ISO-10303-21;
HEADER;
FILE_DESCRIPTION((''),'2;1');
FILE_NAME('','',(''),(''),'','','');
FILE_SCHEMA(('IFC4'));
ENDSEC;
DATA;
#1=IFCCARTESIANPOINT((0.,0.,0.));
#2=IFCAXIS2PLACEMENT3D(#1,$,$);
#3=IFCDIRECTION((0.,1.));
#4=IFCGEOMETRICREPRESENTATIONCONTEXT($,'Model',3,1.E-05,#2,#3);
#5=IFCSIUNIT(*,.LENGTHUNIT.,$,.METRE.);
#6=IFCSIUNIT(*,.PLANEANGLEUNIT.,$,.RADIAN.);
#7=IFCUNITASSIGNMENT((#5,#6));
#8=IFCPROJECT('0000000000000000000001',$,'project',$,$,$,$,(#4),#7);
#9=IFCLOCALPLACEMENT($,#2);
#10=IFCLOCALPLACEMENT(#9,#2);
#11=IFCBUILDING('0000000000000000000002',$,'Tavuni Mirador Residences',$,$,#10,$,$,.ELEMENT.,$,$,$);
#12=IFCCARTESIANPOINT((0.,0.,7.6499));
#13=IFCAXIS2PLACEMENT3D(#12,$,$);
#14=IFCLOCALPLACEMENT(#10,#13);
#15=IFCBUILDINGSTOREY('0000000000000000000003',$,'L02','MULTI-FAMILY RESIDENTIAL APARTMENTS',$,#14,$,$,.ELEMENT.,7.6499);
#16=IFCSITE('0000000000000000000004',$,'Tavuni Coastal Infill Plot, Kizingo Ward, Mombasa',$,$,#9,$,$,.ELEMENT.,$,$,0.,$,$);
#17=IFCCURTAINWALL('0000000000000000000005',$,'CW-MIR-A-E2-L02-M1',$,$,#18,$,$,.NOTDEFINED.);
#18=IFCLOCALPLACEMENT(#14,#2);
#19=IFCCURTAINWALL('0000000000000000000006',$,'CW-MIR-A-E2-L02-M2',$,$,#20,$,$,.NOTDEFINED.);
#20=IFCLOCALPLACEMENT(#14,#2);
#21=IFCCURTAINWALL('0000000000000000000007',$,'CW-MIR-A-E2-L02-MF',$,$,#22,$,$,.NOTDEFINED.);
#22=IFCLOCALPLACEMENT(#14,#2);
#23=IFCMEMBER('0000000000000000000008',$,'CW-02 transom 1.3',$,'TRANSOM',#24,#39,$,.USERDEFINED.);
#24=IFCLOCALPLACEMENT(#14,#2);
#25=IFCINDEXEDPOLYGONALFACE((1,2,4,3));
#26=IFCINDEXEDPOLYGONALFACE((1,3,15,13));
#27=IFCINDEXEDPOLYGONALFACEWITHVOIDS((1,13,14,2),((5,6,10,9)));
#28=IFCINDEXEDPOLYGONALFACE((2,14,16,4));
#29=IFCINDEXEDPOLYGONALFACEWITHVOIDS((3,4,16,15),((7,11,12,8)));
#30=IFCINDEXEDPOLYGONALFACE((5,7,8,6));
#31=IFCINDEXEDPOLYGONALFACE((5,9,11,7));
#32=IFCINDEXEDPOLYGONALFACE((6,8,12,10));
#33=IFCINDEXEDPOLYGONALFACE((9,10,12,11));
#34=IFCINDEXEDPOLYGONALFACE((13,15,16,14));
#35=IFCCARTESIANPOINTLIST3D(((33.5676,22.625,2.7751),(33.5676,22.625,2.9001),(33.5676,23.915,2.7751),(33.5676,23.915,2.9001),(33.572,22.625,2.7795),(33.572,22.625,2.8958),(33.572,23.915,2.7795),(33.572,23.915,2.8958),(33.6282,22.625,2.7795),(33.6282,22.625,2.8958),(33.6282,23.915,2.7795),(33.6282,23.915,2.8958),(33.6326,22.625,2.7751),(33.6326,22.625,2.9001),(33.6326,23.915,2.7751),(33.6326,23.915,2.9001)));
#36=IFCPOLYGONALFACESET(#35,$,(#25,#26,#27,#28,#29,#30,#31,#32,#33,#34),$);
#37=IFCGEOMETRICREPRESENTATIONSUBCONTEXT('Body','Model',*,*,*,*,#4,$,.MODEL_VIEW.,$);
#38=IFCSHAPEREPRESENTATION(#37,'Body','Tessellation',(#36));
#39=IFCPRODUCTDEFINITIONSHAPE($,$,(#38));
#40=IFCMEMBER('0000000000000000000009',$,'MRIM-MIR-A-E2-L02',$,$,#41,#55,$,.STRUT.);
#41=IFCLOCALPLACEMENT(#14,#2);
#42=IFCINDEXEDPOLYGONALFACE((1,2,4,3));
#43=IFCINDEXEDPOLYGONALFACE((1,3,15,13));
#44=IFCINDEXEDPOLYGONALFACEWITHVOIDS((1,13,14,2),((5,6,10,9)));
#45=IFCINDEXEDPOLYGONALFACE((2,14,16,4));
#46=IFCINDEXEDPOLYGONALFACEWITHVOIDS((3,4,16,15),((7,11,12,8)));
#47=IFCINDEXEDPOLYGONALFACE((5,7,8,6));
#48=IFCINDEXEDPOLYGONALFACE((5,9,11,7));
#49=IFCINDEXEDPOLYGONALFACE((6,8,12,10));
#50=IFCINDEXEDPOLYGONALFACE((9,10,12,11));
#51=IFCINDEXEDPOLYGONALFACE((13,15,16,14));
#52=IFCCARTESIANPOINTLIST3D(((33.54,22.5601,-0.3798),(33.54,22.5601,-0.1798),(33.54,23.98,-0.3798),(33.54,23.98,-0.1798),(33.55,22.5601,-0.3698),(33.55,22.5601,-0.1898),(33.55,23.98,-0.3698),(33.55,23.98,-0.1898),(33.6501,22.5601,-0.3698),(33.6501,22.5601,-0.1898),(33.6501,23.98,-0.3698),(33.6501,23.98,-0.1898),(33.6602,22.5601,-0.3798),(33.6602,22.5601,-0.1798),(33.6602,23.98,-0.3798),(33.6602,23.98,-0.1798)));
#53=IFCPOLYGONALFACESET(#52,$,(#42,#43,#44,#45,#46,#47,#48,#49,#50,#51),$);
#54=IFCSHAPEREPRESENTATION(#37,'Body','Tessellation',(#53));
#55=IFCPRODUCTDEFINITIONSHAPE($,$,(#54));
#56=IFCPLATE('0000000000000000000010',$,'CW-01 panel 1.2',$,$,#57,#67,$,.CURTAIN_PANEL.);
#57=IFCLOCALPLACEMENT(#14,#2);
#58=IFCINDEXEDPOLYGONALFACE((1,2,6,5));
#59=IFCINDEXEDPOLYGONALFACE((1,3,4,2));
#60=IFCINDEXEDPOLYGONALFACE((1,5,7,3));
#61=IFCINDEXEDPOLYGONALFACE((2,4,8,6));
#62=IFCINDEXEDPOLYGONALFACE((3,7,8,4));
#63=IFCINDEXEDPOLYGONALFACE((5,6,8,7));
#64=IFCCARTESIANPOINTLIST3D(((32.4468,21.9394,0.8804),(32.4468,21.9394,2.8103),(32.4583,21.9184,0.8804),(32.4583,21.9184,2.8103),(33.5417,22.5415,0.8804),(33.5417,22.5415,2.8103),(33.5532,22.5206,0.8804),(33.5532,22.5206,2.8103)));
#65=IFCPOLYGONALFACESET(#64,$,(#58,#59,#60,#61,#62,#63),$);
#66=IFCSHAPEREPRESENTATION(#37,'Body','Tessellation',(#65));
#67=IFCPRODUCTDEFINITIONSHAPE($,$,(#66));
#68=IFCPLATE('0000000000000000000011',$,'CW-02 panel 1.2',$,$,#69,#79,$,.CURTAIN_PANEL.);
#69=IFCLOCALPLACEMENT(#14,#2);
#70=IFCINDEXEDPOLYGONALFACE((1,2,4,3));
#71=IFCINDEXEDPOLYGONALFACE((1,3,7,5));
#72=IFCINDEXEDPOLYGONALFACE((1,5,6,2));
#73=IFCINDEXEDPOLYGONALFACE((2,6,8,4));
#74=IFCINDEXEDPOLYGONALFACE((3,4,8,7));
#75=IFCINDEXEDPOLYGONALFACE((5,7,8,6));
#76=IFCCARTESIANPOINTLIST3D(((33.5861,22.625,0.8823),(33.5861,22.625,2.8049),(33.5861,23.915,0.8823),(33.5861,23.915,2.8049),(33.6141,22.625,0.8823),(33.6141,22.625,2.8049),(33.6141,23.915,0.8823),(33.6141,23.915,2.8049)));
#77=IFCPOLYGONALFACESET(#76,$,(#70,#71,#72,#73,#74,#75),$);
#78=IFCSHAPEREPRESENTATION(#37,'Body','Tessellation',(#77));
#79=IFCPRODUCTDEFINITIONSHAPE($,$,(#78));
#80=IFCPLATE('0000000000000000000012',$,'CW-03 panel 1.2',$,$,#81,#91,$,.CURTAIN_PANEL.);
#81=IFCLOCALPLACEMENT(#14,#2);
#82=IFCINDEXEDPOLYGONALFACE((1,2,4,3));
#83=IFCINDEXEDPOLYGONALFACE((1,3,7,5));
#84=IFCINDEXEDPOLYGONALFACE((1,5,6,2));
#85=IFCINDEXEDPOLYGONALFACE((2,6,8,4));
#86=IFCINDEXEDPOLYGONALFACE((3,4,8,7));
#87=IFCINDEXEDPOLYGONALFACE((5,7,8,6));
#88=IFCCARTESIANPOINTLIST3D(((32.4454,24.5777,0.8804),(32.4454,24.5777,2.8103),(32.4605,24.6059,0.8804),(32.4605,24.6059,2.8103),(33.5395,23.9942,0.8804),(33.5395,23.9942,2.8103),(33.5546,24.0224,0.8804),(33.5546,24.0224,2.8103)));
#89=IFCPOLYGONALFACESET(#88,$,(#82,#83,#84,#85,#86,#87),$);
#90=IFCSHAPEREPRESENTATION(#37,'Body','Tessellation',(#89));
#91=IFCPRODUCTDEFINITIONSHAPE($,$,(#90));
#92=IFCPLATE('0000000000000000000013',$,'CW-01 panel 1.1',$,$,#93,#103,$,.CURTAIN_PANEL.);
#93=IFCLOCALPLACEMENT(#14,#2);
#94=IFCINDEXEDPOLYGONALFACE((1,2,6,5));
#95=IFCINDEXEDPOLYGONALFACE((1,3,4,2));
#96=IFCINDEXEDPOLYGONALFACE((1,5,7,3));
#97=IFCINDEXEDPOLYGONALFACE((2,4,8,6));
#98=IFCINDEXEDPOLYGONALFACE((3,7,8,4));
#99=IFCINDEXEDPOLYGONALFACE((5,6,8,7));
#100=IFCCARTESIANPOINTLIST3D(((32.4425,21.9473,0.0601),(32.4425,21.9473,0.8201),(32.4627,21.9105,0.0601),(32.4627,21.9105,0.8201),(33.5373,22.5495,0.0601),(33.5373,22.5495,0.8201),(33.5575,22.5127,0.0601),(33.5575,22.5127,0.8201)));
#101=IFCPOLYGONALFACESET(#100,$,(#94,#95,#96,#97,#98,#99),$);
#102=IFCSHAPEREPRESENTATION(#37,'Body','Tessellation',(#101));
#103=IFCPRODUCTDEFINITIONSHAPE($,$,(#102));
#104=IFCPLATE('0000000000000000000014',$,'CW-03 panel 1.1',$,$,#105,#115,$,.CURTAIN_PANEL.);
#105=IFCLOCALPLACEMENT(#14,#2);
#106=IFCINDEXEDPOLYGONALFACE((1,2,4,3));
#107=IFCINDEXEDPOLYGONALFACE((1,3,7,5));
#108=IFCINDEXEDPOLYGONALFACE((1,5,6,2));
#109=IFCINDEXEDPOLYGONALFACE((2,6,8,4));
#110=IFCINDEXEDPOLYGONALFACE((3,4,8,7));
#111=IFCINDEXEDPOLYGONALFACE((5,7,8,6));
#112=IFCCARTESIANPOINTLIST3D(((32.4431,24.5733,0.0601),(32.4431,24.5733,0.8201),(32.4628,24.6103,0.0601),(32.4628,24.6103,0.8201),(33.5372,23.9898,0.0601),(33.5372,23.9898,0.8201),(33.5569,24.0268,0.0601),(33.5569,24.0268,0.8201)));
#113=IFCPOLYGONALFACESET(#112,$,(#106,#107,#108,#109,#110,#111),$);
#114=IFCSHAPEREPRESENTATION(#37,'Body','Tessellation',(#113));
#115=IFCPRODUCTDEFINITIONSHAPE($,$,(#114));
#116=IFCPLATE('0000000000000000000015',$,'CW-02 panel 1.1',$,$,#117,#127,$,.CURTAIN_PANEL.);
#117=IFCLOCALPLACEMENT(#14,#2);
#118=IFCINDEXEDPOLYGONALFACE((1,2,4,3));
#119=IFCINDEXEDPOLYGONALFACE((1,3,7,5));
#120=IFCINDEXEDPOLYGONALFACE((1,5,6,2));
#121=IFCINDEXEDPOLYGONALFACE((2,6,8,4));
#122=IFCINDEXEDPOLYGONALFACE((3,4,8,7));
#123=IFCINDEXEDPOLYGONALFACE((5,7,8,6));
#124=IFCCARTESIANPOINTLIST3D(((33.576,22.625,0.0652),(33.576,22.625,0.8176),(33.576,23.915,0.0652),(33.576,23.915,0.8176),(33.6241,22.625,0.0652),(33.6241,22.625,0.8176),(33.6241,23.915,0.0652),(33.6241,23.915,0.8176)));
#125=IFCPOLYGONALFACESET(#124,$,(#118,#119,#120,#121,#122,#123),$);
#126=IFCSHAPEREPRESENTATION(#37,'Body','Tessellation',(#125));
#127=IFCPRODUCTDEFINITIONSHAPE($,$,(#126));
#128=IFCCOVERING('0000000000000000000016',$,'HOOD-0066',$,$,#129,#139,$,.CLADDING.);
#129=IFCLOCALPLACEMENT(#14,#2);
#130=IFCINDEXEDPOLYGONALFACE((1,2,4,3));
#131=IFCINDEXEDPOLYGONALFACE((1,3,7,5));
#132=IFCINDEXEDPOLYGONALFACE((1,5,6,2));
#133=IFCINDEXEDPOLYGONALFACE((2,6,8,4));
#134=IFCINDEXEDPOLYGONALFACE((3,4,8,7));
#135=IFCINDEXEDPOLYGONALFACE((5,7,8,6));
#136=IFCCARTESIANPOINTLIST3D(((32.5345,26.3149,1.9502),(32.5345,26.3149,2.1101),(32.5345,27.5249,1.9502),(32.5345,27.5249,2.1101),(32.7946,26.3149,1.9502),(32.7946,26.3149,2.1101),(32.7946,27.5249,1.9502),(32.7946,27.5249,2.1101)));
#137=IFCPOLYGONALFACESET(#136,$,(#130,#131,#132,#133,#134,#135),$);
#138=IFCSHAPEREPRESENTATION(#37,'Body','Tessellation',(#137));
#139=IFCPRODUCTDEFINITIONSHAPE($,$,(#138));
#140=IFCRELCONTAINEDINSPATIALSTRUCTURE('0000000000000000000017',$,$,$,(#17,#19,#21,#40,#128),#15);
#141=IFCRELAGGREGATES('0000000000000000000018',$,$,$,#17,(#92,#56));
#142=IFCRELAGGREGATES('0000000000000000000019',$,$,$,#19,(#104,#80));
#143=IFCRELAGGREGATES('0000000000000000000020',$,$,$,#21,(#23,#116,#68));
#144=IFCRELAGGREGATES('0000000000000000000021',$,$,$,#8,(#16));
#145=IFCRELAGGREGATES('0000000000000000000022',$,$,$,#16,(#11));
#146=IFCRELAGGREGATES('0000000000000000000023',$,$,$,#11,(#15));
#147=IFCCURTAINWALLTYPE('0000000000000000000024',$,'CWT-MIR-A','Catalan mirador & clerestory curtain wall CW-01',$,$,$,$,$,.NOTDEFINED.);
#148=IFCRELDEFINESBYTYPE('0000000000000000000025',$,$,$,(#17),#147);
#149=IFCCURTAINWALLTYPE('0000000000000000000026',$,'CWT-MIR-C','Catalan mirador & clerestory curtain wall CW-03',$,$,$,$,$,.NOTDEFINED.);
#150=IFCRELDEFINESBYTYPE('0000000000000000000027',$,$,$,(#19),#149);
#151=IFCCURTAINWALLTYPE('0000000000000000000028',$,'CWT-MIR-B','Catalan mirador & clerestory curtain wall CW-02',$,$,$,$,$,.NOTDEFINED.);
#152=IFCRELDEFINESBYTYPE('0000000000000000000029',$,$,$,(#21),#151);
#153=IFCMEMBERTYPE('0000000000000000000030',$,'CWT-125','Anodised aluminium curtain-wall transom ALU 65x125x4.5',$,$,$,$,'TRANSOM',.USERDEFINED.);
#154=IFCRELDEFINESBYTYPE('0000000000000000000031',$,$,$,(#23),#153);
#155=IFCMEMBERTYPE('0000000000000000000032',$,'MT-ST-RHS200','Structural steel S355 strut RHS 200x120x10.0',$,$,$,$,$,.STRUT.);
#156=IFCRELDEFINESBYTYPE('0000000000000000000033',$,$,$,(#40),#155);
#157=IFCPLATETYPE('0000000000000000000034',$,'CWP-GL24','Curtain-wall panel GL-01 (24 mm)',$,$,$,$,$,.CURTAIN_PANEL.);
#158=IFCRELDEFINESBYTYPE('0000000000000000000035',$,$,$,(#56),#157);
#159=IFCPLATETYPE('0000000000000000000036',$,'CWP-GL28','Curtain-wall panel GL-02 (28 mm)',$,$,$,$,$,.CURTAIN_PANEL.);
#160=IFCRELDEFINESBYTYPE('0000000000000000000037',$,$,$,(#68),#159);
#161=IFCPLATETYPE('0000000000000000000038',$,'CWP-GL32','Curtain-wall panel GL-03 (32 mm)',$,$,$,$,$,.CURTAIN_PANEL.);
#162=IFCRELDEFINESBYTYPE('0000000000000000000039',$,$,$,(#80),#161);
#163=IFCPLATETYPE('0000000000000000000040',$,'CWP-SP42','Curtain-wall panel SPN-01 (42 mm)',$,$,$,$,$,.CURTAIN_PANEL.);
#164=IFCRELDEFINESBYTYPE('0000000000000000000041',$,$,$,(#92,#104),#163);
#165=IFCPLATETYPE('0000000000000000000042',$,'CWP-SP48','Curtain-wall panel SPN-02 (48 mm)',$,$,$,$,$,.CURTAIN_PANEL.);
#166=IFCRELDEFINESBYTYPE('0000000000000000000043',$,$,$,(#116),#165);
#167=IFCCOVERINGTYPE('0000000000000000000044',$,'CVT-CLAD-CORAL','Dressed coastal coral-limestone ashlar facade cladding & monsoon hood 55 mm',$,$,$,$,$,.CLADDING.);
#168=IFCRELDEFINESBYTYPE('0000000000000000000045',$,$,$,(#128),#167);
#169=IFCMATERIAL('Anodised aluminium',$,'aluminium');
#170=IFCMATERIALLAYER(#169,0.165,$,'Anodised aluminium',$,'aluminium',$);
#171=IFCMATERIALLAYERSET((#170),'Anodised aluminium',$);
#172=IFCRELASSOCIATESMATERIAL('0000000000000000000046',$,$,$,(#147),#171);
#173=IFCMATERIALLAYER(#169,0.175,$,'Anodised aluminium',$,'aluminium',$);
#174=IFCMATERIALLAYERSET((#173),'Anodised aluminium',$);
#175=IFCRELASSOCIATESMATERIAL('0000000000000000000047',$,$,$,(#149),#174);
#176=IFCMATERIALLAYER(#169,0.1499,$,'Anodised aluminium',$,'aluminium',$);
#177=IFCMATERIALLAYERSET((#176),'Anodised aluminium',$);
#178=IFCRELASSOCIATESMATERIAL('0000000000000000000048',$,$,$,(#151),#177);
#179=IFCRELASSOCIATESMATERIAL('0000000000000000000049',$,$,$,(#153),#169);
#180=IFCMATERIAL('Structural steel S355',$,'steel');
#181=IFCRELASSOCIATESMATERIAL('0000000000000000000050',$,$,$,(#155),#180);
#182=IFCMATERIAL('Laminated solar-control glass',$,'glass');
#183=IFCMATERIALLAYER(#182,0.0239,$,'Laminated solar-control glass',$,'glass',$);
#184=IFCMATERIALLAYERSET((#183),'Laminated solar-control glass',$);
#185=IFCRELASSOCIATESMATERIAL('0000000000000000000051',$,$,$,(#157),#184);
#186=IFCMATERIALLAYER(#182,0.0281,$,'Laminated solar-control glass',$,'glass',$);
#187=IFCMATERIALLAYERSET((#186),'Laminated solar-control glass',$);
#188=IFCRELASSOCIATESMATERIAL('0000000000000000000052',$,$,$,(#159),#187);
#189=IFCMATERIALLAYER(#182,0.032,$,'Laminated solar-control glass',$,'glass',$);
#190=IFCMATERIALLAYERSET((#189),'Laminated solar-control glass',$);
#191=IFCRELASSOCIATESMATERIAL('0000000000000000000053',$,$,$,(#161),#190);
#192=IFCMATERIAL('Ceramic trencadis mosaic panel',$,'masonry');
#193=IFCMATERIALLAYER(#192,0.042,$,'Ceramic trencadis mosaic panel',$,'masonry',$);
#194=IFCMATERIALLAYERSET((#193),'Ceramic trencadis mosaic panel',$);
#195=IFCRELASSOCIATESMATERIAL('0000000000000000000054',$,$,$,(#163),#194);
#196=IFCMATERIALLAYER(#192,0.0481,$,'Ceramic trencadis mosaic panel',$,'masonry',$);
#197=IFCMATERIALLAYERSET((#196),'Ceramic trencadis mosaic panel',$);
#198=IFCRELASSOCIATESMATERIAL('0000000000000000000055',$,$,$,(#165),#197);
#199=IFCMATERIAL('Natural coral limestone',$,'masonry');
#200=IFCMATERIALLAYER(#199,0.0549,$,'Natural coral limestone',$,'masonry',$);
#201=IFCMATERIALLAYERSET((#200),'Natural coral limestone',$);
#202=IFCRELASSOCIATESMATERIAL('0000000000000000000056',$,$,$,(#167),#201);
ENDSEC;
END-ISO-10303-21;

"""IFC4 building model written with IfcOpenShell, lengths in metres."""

from ifc_helpers import new_model, si_unit, direction, frame, origin, origin_2d, place, context, subcontext, project, spatial, rectangle, hollow_rectangle, extrude, material, layer, layer_set, material_profile, profile_set, type_object, element, aggregate, save


model = new_model("IFC4")

# Units and contexts
model_context = context("Model", 3, precision=1e-05, world=origin(), true_north=direction((0.0, 1.0)))
body_context = subcontext(model_context, "Body", "Model", "MODEL_VIEW")
ifc_project = project(units=[si_unit("LENGTHUNIT", "METRE"), si_unit("PLANEANGLEUNIT", "RADIAN")], contexts=[model_context])

# Site, building, storey
site_placement = place(None, origin())
site = spatial("IfcSite", under=ifc_project, at=site_placement, Name="Tavuni Coastal Infill Plot, Kizingo Ward, Mombasa", CompositionType="ELEMENT", RefElevation=0.0)
building_placement = place(site_placement, origin())
building = spatial("IfcBuilding", under=site, at=building_placement, Name="Tavuni Mirador Residences", CompositionType="ELEMENT")
storey_placement = place(building_placement, frame((0.0, 0.0, 7.6499)))
storey = spatial("IfcBuildingStorey", under=building, at=storey_placement, Name="L02", Description="MULTI-FAMILY RESIDENTIAL APARTMENTS", CompositionType="ELEMENT", Elevation=7.6499)

# Curtain walls
ifc_material_1 = material(Name="Anodised aluminium", Category="aluminium")
ifc_layer_1 = layer(ifc_material_1, 0.165, Name="Anodised aluminium", Category="aluminium")
ifc_layer_set_1 = layer_set([ifc_layer_1], Name="Anodised aluminium")
curtain_wall_type_1 = type_object("IfcCurtainWallType", Name="CWT-MIR-A", Description="Catalan mirador & clerestory curtain wall CW-01", PredefinedType="NOTDEFINED", material=ifc_layer_set_1)
curtain_wall_1_placement = place(storey_placement, origin())
curtain_wall_1 = element("IfcCurtainWall", 1, at=curtain_wall_1_placement, inside=storey, type_object=curtain_wall_type_1, Name="CW-MIR-A-E2-L02-M1", PredefinedType="NOTDEFINED")
ifc_layer_2 = layer(ifc_material_1, 0.175, Name="Anodised aluminium", Category="aluminium")
ifc_layer_set_2 = layer_set([ifc_layer_2], Name="Anodised aluminium")
curtain_wall_type_2 = type_object("IfcCurtainWallType", Name="CWT-MIR-C", Description="Catalan mirador & clerestory curtain wall CW-03", PredefinedType="NOTDEFINED", material=ifc_layer_set_2)
curtain_wall_2_placement = place(storey_placement, origin())
curtain_wall_2 = element("IfcCurtainWall", 2, at=curtain_wall_2_placement, inside=storey, type_object=curtain_wall_type_2, Name="CW-MIR-A-E2-L02-M2", PredefinedType="NOTDEFINED")

# Curtain wall
ifc_layer_3 = layer(ifc_material_1, 0.1499, Name="Anodised aluminium", Category="aluminium")
ifc_layer_set_3 = layer_set([ifc_layer_3], Name="Anodised aluminium")
curtain_wall_type_3 = type_object("IfcCurtainWallType", Name="CWT-MIR-B", Description="Catalan mirador & clerestory curtain wall CW-02", PredefinedType="NOTDEFINED", material=ifc_layer_set_3)
curtain_wall_3_placement = place(storey_placement, origin())
curtain_wall_3 = element("IfcCurtainWall", 3, at=curtain_wall_3_placement, inside=storey, type_object=curtain_wall_type_3, Name="CW-MIR-A-E2-L02-MF", PredefinedType="NOTDEFINED")

# Members
ifc_material_profile_1 = material_profile(ifc_material_1, hollow_rectangle(XDim=0.0649, YDim=0.125, WallThickness=0.0044, at=origin_2d()), Name="ALU 65x125x4.5", Category="aluminium")
ifc_profile_set_1 = profile_set([ifc_material_profile_1], Name="Anodised aluminium")
member_type_1 = type_object("IfcMemberType", Name="CWT-125", Description="Anodised aluminium curtain-wall transom ALU 65x125x4.5", ElementType="TRANSOM", PredefinedType="USERDEFINED", material=ifc_profile_set_1)
member_1_placement = place(storey_placement, frame((33.6001, 22.625, 2.8376), z_axis=(0.0, 1.0, 0.0), x_axis=(-1.0, 0.0, 0.0)))
member_1 = element("IfcMember", 4, at=member_1_placement, type_object=member_type_1, Name="CW-02 transom 1.3", ObjectType="TRANSOM", PredefinedType="USERDEFINED", context=body_context, shape_type="SweptSolid", body=[
    extrude(hollow_rectangle(XDim=0.0649, YDim=0.125, WallThickness=0.0044, at=origin_2d()), origin(), (0.0, 0.0, 1.0), 1.29),
])
ifc_material_2 = material(Name="Structural steel S355", Category="steel")
ifc_material_profile_2 = material_profile(ifc_material_2, hollow_rectangle(XDim=0.1201, YDim=0.2, WallThickness=0.01, at=origin_2d()), Name="RHS 200x120x10.0", Category="steel")
ifc_profile_set_2 = profile_set([ifc_material_profile_2], Name="Structural steel S355")
member_type_2 = type_object("IfcMemberType", Name="MT-ST-RHS200", Description="Structural steel S355 strut RHS 200x120x10.0", PredefinedType="STRUT", material=ifc_profile_set_2)
member_2_placement = place(storey_placement, frame((33.6001, 22.5601, -0.2798), z_axis=(0.0, 1.0, 0.0), x_axis=(-1.0, 0.0, 0.0)))
element("IfcMember", 5, at=member_2_placement, inside=storey, type_object=member_type_2, Name="MRIM-MIR-A-E2-L02", PredefinedType="STRUT", context=body_context, shape_type="SweptSolid", body=[
    extrude(hollow_rectangle(XDim=0.1201, YDim=0.2, WallThickness=0.01, at=origin_2d()), origin(), (0.0, 0.0, 1.0), 1.4199),
])

# Plates
ifc_material_3 = material(Name="Laminated solar-control glass", Category="glass")
ifc_layer_4 = layer(ifc_material_3, 0.0239, Name="Laminated solar-control glass", Category="glass")
ifc_layer_set_4 = layer_set([ifc_layer_4], Name="Laminated solar-control glass")
plate_type_1 = type_object("IfcPlateType", Name="CWP-GL24", Description="Curtain-wall panel GL-01 (24 mm)", PredefinedType="CURTAIN_PANEL", material=ifc_layer_set_4)
plate_1_placement = place(storey_placement, frame((33.0, 22.23, 0.8804), z_axis=(0.0, 0.0, 1.0), x_axis=(0.876216, 0.481919, 0.0)))
plate_1 = element("IfcPlate", 6, at=plate_1_placement, type_object=plate_type_1, Name="CW-01 panel 1.2", PredefinedType="CURTAIN_PANEL", context=body_context, shape_type="SweptSolid", body=[
    extrude(rectangle(XDim=1.2495, YDim=0.0239, at=origin_2d()), origin(), (0.0, 0.0, 1.0), 1.9299),
])
ifc_layer_5 = layer(ifc_material_3, 0.0281, Name="Laminated solar-control glass", Category="glass")
ifc_layer_set_5 = layer_set([ifc_layer_5], Name="Laminated solar-control glass")
plate_type_2 = type_object("IfcPlateType", Name="CWP-GL28", Description="Curtain-wall panel GL-02 (28 mm)", PredefinedType="CURTAIN_PANEL", material=ifc_layer_set_5)
plate_2_placement = place(storey_placement, frame((33.6001, 23.27, 0.8823), z_axis=(0.0, 0.0, 1.0), x_axis=(0.0, 1.0, 0.0)))
plate_2 = element("IfcPlate", 7, at=plate_2_placement, type_object=plate_type_2, Name="CW-02 panel 1.2", PredefinedType="CURTAIN_PANEL", context=body_context, shape_type="SweptSolid", body=[
    extrude(rectangle(XDim=1.29, YDim=0.0281, at=origin_2d()), origin(), (0.0, 0.0, 1.0), 1.9226),
])
ifc_layer_6 = layer(ifc_material_3, 0.032, Name="Laminated solar-control glass", Category="glass")
ifc_layer_set_6 = layer_set([ifc_layer_6], Name="Laminated solar-control glass")
plate_type_3 = type_object("IfcPlateType", Name="CWP-GL32", Description="Curtain-wall panel GL-03 (32 mm)", PredefinedType="CURTAIN_PANEL", material=ifc_layer_set_6)
plate_3_placement = place(storey_placement, frame((33.0, 24.3, 0.8804), z_axis=(0.0, 0.0, 1.0), x_axis=(-0.882353, 0.470588, 0.0)))
plate_3 = element("IfcPlate", 8, at=plate_3_placement, type_object=plate_type_3, Name="CW-03 panel 1.2", PredefinedType="CURTAIN_PANEL", context=body_context, shape_type="SweptSolid", body=[
    extrude(rectangle(XDim=1.24, YDim=0.032, at=origin_2d()), origin(), (0.0, 0.0, 1.0), 1.9299),
])
ifc_material_4 = material(Name="Ceramic trencadis mosaic panel", Category="masonry")
ifc_layer_7 = layer(ifc_material_4, 0.042, Name="Ceramic trencadis mosaic panel", Category="masonry")
ifc_layer_set_7 = layer_set([ifc_layer_7], Name="Ceramic trencadis mosaic panel")
plate_type_4 = type_object("IfcPlateType", Name="CWP-SP42", Description="Curtain-wall panel SPN-01 (42 mm)", PredefinedType="CURTAIN_PANEL", material=ifc_layer_set_7)
plate_4_placement = place(storey_placement, frame((33.0, 22.23, 0.0601), z_axis=(0.0, 0.0, 1.0), x_axis=(0.876216, 0.481919, 0.0)))
plate_4 = element("IfcPlate", 9, at=plate_4_placement, type_object=plate_type_4, Name="CW-01 panel 1.1", PredefinedType="CURTAIN_PANEL", context=body_context, shape_type="SweptSolid", body=[
    extrude(rectangle(XDim=1.2495, YDim=0.042, at=origin_2d()), origin(), (0.0, 0.0, 1.0), 0.76),
])
aggregate(curtain_wall_1, [plate_4, plate_1])
plate_5_placement = place(storey_placement, frame((33.0, 24.3, 0.0601), z_axis=(0.0, 0.0, 1.0), x_axis=(-0.882353, 0.470588, 0.0)))
plate_5 = element("IfcPlate", 10, at=plate_5_placement, type_object=plate_type_4, Name="CW-03 panel 1.1", PredefinedType="CURTAIN_PANEL", context=body_context, shape_type="SweptSolid", body=[
    extrude(rectangle(XDim=1.24, YDim=0.042, at=origin_2d()), origin(), (0.0, 0.0, 1.0), 0.76),
])
aggregate(curtain_wall_2, [plate_5, plate_3])
ifc_layer_8 = layer(ifc_material_4, 0.0481, Name="Ceramic trencadis mosaic panel", Category="masonry")
ifc_layer_set_8 = layer_set([ifc_layer_8], Name="Ceramic trencadis mosaic panel")
plate_type_5 = type_object("IfcPlateType", Name="CWP-SP48", Description="Curtain-wall panel SPN-02 (48 mm)", PredefinedType="CURTAIN_PANEL", material=ifc_layer_set_8)
plate_6_placement = place(storey_placement, frame((33.6001, 23.27, 0.0652), z_axis=(0.0, 0.0, 1.0), x_axis=(0.0, 1.0, 0.0)))
plate_6 = element("IfcPlate", 11, at=plate_6_placement, type_object=plate_type_5, Name="CW-02 panel 1.1", PredefinedType="CURTAIN_PANEL", context=body_context, shape_type="SweptSolid", body=[
    extrude(rectangle(XDim=1.29, YDim=0.0481, at=origin_2d()), origin(), (0.0, 0.0, 1.0), 0.7524),
])
aggregate(curtain_wall_3, [member_1, plate_6, plate_2])

# Covering
ifc_material_5 = material(Name="Natural coral limestone", Category="masonry")
ifc_layer_9 = layer(ifc_material_5, 0.0549, Name="Natural coral limestone", Category="masonry")
ifc_layer_set_9 = layer_set([ifc_layer_9], Name="Natural coral limestone")
covering_type = type_object("IfcCoveringType", Name="CVT-CLAD-CORAL", Description="Dressed coastal coral-limestone ashlar facade cladding & monsoon hood 55 mm", PredefinedType="CLADDING", material=ifc_layer_set_9)
covering_placement = place(storey_placement, frame((32.6646, 26.9199, 1.9502), z_axis=(0.0, 0.0, 1.0), x_axis=(0.0, 1.0, 0.0)))
element("IfcCovering", 12, at=covering_placement, inside=storey, type_object=covering_type, Name="HOOD-0066", PredefinedType="CLADDING", context=body_context, shape_type="SweptSolid", body=[
    extrude(rectangle(XDim=1.21, YDim=0.26, at=origin_2d()), origin(), (0.0, 0.0, 1.0), 0.1599),
])

save(model, "model.ifc")
